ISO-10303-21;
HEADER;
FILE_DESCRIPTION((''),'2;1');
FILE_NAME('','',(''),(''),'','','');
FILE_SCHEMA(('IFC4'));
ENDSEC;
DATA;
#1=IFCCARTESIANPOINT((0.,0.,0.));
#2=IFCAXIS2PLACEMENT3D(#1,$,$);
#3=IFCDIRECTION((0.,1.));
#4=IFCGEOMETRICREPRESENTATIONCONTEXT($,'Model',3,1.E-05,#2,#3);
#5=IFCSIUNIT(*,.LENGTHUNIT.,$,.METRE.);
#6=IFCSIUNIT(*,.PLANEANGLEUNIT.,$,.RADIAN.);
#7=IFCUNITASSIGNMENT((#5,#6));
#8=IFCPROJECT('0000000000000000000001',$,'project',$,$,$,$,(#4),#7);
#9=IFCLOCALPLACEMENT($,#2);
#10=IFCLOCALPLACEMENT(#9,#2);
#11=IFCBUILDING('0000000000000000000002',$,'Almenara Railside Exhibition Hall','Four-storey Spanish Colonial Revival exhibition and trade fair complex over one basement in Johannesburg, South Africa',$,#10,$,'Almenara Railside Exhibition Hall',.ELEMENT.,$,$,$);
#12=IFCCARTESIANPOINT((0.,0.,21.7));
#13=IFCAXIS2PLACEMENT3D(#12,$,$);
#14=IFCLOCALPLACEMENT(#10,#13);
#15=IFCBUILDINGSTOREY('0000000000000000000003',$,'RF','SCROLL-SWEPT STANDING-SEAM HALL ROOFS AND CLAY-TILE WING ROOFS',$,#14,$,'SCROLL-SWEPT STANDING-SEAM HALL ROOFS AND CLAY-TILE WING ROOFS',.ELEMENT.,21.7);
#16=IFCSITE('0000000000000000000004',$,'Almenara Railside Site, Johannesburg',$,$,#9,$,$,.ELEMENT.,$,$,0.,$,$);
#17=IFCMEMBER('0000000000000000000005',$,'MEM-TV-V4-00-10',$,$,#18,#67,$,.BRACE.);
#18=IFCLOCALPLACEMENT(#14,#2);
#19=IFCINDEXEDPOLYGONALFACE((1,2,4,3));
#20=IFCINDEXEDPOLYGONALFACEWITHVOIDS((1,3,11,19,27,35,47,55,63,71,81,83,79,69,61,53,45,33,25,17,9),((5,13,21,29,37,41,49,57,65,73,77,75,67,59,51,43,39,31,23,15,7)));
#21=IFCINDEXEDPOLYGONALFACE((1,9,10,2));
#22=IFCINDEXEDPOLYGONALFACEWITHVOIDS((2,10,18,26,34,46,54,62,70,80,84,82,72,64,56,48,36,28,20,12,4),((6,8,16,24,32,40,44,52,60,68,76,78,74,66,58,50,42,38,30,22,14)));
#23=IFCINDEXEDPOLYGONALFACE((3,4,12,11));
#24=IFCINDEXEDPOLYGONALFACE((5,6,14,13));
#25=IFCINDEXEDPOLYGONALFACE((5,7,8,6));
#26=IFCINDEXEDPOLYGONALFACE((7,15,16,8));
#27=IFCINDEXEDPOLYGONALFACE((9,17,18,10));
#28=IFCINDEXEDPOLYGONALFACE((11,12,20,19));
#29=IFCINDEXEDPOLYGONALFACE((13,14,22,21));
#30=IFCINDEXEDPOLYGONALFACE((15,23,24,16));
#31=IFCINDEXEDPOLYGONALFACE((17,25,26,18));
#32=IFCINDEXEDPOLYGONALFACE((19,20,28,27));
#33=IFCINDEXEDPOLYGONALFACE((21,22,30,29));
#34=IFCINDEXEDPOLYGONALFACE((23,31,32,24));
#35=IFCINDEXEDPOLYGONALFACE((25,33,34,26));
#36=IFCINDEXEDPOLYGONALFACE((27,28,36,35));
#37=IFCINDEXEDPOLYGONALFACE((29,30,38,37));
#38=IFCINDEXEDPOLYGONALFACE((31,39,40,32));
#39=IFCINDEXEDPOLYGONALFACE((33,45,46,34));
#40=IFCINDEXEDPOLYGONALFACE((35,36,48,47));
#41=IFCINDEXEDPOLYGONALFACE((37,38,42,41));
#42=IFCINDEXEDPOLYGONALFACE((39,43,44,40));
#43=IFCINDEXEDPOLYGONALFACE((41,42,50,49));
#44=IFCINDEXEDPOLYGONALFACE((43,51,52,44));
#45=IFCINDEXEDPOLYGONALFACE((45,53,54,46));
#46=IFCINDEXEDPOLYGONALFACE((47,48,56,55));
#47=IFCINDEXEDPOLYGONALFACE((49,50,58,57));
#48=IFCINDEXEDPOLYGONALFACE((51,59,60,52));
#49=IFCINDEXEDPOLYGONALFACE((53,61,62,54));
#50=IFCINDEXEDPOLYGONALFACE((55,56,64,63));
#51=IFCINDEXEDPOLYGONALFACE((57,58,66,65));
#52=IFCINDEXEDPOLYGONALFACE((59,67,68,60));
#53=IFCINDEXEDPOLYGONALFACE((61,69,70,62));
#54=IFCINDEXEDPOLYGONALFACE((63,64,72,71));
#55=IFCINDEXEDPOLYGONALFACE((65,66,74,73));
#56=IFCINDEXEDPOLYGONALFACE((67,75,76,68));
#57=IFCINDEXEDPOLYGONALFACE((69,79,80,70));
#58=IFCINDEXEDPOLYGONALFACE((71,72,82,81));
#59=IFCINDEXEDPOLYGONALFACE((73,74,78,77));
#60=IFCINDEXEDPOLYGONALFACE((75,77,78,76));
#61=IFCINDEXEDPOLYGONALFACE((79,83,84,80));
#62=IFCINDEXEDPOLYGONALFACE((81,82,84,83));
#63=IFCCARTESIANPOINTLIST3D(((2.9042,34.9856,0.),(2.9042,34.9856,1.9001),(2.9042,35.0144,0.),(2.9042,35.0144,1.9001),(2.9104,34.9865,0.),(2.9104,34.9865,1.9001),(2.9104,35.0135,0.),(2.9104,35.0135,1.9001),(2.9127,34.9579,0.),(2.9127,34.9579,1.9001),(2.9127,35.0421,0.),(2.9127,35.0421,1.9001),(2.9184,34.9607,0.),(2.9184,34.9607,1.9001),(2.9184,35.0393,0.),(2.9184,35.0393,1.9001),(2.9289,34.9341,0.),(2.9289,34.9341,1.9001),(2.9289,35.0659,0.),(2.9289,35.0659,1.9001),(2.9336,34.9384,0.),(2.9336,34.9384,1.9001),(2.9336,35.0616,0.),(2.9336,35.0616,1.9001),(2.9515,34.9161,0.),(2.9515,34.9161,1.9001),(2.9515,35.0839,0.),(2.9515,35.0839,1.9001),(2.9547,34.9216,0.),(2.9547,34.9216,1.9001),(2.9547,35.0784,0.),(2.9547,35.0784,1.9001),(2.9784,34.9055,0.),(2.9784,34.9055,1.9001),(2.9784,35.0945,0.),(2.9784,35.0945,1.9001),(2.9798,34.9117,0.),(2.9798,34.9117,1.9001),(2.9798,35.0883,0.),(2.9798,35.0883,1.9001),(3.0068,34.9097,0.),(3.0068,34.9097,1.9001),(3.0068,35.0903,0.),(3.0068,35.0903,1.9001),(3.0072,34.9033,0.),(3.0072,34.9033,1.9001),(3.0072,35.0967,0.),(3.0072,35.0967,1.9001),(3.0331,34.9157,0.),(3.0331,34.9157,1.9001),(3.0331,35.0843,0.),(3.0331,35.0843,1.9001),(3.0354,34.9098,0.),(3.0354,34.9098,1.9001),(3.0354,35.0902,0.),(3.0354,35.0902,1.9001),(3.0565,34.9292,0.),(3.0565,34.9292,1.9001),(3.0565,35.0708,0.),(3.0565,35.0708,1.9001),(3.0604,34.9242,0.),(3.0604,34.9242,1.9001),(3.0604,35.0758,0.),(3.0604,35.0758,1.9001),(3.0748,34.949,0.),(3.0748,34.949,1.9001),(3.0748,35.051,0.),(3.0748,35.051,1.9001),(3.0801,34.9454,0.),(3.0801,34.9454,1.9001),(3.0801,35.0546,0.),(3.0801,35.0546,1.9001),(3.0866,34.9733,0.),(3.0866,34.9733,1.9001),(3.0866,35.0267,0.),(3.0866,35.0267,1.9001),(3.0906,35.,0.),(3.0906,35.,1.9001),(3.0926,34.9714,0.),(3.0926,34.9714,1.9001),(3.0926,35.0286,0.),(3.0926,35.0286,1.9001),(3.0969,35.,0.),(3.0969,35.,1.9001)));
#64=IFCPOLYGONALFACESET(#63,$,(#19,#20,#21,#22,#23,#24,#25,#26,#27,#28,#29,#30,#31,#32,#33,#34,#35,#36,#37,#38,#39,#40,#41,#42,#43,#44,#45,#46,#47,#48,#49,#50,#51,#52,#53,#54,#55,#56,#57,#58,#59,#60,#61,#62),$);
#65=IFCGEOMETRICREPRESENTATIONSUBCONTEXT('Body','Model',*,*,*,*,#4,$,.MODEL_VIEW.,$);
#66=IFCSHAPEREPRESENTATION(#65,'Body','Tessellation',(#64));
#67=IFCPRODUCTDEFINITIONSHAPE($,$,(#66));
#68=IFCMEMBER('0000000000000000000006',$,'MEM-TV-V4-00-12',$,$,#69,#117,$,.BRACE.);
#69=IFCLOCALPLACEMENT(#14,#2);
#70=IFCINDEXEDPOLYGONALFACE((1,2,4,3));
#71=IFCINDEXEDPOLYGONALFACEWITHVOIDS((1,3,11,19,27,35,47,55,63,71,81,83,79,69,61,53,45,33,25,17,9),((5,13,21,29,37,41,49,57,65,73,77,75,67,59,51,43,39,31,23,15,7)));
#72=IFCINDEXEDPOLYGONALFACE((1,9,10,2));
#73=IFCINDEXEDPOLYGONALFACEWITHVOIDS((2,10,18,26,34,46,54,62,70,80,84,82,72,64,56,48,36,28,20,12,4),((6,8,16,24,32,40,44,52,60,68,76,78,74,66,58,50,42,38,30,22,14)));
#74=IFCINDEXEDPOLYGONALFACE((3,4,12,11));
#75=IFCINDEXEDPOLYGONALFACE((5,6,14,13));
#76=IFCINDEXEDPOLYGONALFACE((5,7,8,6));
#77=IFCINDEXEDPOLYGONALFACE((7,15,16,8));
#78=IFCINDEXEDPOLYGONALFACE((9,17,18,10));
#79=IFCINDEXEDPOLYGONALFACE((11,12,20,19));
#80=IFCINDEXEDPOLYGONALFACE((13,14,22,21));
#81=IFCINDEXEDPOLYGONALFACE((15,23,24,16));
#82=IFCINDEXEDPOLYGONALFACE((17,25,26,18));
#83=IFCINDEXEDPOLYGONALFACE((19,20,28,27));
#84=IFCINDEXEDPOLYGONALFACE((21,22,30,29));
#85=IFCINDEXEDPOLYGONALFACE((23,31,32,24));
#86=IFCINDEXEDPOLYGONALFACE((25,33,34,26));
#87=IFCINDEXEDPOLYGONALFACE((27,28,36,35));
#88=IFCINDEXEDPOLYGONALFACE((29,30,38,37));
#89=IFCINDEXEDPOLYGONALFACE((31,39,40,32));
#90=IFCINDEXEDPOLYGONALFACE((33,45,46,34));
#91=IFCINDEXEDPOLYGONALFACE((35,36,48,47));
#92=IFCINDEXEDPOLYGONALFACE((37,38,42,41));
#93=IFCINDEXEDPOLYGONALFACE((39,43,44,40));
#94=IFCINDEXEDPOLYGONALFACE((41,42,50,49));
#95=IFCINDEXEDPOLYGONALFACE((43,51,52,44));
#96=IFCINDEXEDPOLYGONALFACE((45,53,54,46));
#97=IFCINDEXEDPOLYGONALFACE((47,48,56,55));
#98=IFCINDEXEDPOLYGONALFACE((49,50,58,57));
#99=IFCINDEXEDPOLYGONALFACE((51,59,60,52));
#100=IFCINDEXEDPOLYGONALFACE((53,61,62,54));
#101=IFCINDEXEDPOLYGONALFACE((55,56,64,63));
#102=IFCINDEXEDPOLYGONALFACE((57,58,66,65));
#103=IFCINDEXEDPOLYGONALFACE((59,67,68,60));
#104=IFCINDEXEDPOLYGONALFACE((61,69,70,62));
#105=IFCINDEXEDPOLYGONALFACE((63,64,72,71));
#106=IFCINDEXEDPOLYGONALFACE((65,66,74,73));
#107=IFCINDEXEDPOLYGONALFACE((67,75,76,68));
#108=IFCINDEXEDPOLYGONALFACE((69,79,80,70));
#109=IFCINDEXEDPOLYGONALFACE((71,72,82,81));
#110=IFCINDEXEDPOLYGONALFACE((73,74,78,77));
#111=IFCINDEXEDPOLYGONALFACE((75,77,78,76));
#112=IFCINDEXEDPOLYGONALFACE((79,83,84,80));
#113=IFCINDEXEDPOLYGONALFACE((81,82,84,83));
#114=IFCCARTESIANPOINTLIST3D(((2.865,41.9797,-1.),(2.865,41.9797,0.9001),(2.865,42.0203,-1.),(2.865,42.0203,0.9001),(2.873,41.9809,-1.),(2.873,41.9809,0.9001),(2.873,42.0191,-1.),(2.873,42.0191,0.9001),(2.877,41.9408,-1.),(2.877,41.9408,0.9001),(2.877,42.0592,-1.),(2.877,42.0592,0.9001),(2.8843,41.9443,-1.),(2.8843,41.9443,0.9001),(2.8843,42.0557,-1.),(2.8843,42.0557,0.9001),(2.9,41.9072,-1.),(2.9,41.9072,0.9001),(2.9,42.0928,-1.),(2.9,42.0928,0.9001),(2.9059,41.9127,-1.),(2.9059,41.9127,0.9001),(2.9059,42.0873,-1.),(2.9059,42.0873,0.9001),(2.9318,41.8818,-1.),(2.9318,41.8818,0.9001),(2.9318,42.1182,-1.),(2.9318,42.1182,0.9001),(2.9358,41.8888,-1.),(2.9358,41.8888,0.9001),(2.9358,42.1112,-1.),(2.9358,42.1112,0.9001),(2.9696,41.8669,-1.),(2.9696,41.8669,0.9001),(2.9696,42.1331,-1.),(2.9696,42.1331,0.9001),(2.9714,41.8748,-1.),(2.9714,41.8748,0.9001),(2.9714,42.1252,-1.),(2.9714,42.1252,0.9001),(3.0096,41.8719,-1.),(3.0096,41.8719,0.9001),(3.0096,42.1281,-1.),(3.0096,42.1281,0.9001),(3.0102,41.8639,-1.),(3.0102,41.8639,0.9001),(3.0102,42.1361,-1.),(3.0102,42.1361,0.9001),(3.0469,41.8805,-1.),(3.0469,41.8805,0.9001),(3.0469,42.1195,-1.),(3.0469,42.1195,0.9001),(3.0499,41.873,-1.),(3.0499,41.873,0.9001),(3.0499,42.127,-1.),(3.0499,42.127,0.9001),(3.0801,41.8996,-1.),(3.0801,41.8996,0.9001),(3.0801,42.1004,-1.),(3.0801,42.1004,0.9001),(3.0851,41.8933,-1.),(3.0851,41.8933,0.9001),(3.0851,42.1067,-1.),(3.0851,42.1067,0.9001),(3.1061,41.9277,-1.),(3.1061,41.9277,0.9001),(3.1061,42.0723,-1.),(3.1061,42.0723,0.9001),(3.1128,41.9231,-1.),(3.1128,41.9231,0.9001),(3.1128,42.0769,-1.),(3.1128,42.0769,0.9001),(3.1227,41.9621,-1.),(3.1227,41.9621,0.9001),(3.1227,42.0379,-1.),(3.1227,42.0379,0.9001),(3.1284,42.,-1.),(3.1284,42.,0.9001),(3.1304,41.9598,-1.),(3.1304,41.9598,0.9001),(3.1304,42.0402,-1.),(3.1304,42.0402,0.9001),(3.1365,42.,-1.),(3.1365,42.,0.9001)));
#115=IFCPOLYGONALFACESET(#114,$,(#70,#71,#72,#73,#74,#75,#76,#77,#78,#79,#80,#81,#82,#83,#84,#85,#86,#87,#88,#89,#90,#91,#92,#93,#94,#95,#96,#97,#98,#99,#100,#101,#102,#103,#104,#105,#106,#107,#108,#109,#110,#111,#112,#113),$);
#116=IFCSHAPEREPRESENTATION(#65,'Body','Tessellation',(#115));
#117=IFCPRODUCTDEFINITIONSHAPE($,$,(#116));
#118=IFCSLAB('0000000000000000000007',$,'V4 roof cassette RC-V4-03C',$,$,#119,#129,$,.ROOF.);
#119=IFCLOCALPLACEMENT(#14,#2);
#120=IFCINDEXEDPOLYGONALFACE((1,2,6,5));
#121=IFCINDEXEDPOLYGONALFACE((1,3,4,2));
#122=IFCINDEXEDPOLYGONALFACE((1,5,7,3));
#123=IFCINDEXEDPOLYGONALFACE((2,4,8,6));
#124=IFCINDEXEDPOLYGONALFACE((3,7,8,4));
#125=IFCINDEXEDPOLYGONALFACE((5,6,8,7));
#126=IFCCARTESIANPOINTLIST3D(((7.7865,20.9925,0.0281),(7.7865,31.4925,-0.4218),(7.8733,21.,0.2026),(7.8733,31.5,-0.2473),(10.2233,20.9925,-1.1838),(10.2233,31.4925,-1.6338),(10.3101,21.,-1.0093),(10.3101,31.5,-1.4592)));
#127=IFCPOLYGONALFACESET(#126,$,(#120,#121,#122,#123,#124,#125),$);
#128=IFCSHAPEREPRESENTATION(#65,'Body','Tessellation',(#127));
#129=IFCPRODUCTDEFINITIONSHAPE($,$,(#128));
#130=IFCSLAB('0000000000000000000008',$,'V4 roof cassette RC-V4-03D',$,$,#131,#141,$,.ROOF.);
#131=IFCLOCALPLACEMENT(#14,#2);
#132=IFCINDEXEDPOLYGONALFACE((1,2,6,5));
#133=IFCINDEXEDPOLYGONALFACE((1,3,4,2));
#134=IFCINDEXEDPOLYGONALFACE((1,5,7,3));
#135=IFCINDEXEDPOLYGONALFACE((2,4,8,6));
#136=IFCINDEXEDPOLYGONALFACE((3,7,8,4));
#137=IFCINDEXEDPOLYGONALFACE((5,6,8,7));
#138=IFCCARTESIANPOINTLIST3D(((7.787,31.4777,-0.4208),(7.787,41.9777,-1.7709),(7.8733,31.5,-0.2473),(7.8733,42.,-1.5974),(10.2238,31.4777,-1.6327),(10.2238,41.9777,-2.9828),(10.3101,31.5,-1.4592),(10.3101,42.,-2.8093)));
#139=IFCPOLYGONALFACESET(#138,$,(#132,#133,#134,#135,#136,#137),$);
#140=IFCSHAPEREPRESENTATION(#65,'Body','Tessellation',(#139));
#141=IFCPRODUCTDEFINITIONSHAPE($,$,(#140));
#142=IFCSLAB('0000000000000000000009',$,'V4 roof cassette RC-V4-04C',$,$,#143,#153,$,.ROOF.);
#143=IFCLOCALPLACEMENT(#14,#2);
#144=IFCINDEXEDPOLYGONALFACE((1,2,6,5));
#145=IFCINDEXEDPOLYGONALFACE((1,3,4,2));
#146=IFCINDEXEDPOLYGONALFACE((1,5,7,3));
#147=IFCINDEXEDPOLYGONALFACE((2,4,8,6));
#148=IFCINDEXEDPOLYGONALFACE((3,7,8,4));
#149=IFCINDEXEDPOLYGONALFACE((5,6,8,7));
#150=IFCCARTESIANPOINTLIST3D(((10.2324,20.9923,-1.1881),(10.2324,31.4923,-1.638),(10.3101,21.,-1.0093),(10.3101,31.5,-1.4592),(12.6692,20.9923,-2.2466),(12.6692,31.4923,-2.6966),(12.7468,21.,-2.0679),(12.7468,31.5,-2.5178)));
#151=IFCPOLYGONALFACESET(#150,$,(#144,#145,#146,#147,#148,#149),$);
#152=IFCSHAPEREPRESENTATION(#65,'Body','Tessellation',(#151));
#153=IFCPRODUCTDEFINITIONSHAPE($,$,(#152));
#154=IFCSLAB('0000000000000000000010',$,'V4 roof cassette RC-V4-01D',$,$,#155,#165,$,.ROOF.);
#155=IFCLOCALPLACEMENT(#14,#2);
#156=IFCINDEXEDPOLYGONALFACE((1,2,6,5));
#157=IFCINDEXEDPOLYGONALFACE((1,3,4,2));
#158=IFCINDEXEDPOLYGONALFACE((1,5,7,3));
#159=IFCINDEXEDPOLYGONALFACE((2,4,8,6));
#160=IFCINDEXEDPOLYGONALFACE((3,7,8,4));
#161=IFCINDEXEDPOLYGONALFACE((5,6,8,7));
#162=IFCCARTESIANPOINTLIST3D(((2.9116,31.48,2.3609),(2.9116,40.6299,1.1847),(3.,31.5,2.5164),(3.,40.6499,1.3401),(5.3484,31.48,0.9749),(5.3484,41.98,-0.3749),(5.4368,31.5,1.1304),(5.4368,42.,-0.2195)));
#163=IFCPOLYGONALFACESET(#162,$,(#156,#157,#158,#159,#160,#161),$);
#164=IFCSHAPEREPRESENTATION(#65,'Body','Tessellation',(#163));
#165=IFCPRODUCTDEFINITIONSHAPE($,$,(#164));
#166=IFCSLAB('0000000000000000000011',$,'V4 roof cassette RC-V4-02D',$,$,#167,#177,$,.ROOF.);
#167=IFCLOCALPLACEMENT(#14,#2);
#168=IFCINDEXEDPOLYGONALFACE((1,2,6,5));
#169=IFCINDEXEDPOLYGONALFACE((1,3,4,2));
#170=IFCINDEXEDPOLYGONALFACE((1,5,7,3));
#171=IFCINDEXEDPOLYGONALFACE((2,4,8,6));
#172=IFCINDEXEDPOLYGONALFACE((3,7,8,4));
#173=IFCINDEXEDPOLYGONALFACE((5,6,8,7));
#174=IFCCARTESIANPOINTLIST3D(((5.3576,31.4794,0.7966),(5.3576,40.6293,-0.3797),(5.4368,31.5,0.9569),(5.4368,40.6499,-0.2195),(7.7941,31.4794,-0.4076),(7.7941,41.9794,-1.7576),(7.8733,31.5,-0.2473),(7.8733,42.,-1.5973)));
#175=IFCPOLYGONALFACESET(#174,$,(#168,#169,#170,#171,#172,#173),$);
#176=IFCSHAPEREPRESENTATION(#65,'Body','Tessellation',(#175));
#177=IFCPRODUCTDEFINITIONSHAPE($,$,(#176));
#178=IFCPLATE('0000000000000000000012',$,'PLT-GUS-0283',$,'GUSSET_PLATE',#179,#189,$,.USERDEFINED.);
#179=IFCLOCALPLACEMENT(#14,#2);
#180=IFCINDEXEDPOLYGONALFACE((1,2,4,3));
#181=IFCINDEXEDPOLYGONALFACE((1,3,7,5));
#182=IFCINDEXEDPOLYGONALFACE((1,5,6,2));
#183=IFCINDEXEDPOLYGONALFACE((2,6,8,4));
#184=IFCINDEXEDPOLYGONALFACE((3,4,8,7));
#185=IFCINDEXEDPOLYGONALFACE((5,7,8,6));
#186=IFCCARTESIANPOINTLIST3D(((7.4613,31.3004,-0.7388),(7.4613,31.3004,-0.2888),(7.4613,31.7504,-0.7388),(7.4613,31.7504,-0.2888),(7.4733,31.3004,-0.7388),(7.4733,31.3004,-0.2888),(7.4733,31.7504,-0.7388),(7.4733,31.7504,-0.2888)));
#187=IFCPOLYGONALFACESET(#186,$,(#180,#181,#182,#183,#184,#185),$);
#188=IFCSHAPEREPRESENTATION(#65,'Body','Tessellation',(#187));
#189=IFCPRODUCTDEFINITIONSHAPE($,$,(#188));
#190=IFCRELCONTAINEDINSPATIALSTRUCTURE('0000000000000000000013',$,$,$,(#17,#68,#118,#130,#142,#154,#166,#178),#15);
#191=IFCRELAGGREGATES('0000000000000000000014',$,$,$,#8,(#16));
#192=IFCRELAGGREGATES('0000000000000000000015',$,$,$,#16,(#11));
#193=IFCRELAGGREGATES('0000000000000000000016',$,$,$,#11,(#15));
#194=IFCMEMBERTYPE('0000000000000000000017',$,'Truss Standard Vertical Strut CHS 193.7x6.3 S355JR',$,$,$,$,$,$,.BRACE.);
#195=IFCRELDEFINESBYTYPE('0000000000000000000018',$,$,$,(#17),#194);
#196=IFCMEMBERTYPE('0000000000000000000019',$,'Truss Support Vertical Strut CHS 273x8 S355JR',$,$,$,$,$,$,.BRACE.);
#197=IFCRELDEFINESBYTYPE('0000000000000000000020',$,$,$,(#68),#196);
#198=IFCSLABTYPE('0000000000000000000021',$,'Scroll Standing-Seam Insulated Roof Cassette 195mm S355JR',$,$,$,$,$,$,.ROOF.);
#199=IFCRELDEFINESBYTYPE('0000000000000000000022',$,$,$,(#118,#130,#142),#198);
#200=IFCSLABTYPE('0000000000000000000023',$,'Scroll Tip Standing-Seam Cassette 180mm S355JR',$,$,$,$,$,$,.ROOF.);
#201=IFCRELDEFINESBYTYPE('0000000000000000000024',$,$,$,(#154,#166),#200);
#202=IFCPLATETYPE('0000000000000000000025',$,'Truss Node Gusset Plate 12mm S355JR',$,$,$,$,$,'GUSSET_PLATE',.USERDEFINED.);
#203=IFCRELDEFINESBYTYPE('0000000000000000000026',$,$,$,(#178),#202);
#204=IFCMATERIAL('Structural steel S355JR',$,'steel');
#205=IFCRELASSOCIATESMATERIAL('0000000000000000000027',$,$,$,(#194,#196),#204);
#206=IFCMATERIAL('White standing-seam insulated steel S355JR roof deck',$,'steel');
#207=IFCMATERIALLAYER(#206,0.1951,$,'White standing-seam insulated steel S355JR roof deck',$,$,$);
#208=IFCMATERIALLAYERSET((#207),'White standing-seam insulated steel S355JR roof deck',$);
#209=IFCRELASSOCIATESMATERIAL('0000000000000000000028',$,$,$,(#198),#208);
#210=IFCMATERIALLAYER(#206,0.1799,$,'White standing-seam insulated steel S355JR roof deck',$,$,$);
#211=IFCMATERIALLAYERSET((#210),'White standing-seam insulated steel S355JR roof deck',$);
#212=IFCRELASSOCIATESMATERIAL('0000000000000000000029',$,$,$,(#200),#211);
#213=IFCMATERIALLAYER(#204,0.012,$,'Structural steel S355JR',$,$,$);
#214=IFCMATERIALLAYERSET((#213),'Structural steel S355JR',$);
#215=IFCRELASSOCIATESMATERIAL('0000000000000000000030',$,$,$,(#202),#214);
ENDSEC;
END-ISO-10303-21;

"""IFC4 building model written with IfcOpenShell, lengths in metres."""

from ifc_helpers import new_model, si_unit, direction, frame, origin, origin_2d, place, context, subcontext, project, spatial, polyline, rectangle, hollow_circle, outline, extrude, material, layer, layer_set, material_profile, profile_set, type_object, element, save


model = new_model("IFC4")

# Units and contexts
model_context = context("Model", 3, precision=1e-05, world=origin(), true_north=direction((0.0, 1.0)))
body_context = subcontext(model_context, "Body", "Model", "MODEL_VIEW")
ifc_project = project(units=[si_unit("LENGTHUNIT", "METRE"), si_unit("PLANEANGLEUNIT", "RADIAN")], contexts=[model_context])

# Site, building, storey
site_placement = place(None, origin())
site = spatial("IfcSite", under=ifc_project, at=site_placement, Name="Almenara Railside Site, Johannesburg", CompositionType="ELEMENT", RefElevation=0.0)
building_placement = place(site_placement, origin())
building = spatial("IfcBuilding", under=site, at=building_placement, Name="Almenara Railside Exhibition Hall", Description="Four-storey Spanish Colonial Revival exhibition and trade fair complex over one basement in Johannesburg, South Africa", LongName="Almenara Railside Exhibition Hall", CompositionType="ELEMENT")
storey_placement = place(building_placement, frame((0.0, 0.0, 21.7)))
storey = spatial("IfcBuildingStorey", under=building, at=storey_placement, Name="RF", Description="SCROLL-SWEPT STANDING-SEAM HALL ROOFS AND CLAY-TILE WING ROOFS", LongName="SCROLL-SWEPT STANDING-SEAM HALL ROOFS AND CLAY-TILE WING ROOFS", CompositionType="ELEMENT", Elevation=21.7)

# Shared definitions
ifc_material_1 = material(Name="Structural steel S355JR", Category="steel")

# Members
ifc_material_profile_1 = material_profile(ifc_material_1, hollow_circle(Radius=0.0969, WallThickness=0.0063, at=origin_2d()), Name="CHS 193.7x6.3")
ifc_profile_set_1 = profile_set([ifc_material_profile_1], Name="Structural steel S355JR")
member_type_1 = type_object("IfcMemberType", Name="Truss Standard Vertical Strut CHS 193.7x6.3 S355JR", PredefinedType="BRACE", material=ifc_profile_set_1)
member_1_placement = place(storey_placement, frame((3.0, 35.0, 0.0), z_axis=(0.0, 0.0, 1.0), x_axis=(1.0, 0.0, 0.0)))
element("IfcMember", 1, at=member_1_placement, inside=storey, type_object=member_type_1, Name="MEM-TV-V4-00-10", PredefinedType="BRACE", context=body_context, shape_type="SweptSolid", body=[
    extrude(hollow_circle(Radius=0.0969, WallThickness=0.0063, at=origin_2d()), origin(), (0.0, 0.0, 1.0), 1.9001),
])
ifc_material_profile_2 = material_profile(ifc_material_1, hollow_circle(Radius=0.1365, WallThickness=0.0081, at=origin_2d()), Name="CHS 273x8")
ifc_profile_set_2 = profile_set([ifc_material_profile_2], Name="Structural steel S355JR")
member_type_2 = type_object("IfcMemberType", Name="Truss Support Vertical Strut CHS 273x8 S355JR", PredefinedType="BRACE", material=ifc_profile_set_2)
member_2_placement = place(storey_placement, frame((3.0, 42.0, -1.0), z_axis=(0.0, 0.0, 1.0), x_axis=(1.0, 0.0, 0.0)))
element("IfcMember", 2, at=member_2_placement, inside=storey, type_object=member_type_2, Name="MEM-TV-V4-00-12", PredefinedType="BRACE", context=body_context, shape_type="SweptSolid", body=[
    extrude(hollow_circle(Radius=0.1365, WallThickness=0.0081, at=origin_2d()), origin(), (0.0, 0.0, 1.0), 1.9001),
])

# Slabs
ifc_material_2 = material(Name="White standing-seam insulated steel S355JR roof deck", Category="steel")
ifc_layer_1 = layer(ifc_material_2, 0.1951, Name="White standing-seam insulated steel S355JR roof deck")
ifc_layer_set_1 = layer_set([ifc_layer_1], Name="White standing-seam insulated steel S355JR roof deck")
slab_type_1 = type_object("IfcSlabType", Name="Scroll Standing-Seam Insulated Roof Cassette 195mm S355JR", PredefinedType="ROOF", material=ifc_layer_set_1)
slab_1_placement = place(storey_placement, frame((7.8733, 31.5, -0.2473), z_axis=(0.444983, 0.038341, 0.894718), x_axis=(0.895376, 0.0, -0.445311)))
element("IfcSlab", 3, at=slab_1_placement, inside=storey, type_object=slab_type_1, Name="V4 roof cassette RC-V4-03C", PredefinedType="ROOF", context=body_context, shape_type="SweptSolid", body=[
    extrude(outline(polyline([(0.0, 0.0), (2.7215, 0.0), (2.5211, -10.5077), (-0.2004, -10.5077), (0.0, 0.0)])), origin(), (0.0, 0.0, -1.0), 0.1951),
])
slab_2_placement = place(storey_placement, frame((7.8733, 42.0, -1.5974), z_axis=(0.442389, 0.114373, 0.889501), x_axis=(0.895376, 0.0, -0.445311)))
element("IfcSlab", 4, at=slab_2_placement, inside=storey, type_object=slab_type_1, Name="V4 roof cassette RC-V4-03D", PredefinedType="ROOF", context=body_context, shape_type="SweptSolid", body=[
    extrude(outline(polyline([(0.0, 0.0), (2.7215, 0.0), (2.1203, -10.5694), (-0.6012, -10.5694), (0.0, 0.0)])), origin(), (0.0, 0.0, -1.0), 0.1951),
])
slab_3_placement = place(storey_placement, frame((10.3101, 31.5, -1.4592), z_axis=(0.398143, 0.039274, 0.916482), x_axis=(0.91719, 0.0, -0.398451)))
element("IfcSlab", 5, at=slab_3_placement, inside=storey, type_object=slab_type_1, Name="V4 roof cassette RC-V4-04C", PredefinedType="ROOF", context=body_context, shape_type="SweptSolid", body=[
    extrude(outline(polyline([(0.0, 0.0), (2.6568, 0.0), (2.4775, -10.5081), (-0.1793, -10.5081), (0.0, 0.0)])), origin(), (0.0, 0.0, -1.0), 0.1951),
])
ifc_layer_2 = layer(ifc_material_2, 0.1799, Name="White standing-seam insulated steel S355JR roof deck")
ifc_layer_set_2 = layer_set([ifc_layer_2], Name="White standing-seam insulated steel S355JR roof deck")
slab_type_2 = type_object("IfcSlabType", Name="Scroll Tip Standing-Seam Cassette 180mm S355JR", PredefinedType="ROOF", material=ifc_layer_set_2)
slab_4_placement = place(storey_placement, frame((3.0, 40.6499, 1.3401), z_axis=(0.491347, 0.111054, 0.863855), x_axis=(0.76325, 0.42288, -0.488489)))
element("IfcSlab", 6, at=slab_4_placement, inside=storey, type_object=slab_type_2, Name="V4 roof cassette RC-V4-01D", PredefinedType="ROOF", context=body_context, shape_type="SweptSolid", body=[
    extrude(outline(polyline([(0.0, 0.0), (3.1926, 0.0), (-1.907, -9.2772), (-4.4439, -8.0843), (0.0, 0.0)])), origin(), (0.0, 0.0, -1.0), 0.1799),
])
slab_5_placement = place(storey_placement, frame((5.4368, 40.6499, -0.2195), z_axis=(0.440163, 0.114502, 0.890587), x_axis=(0.784031, 0.434434, -0.443354)))
element("IfcSlab", 7, at=slab_5_placement, inside=storey, type_object=slab_type_2, Name="V4 roof cassette RC-V4-02D", PredefinedType="ROOF", context=body_context, shape_type="SweptSolid", body=[
    extrude(outline(polyline([(0.0, 0.0), (3.1077, 0.0), (-2.0524, -9.2437), (-4.4965, -8.0552), (0.0, 0.0)])), origin(), (0.0, 0.0, -1.0), 0.1799),
])

# Plate
ifc_layer_3 = layer(ifc_material_1, 0.012, Name="Structural steel S355JR")
ifc_layer_set_3 = layer_set([ifc_layer_3], Name="Structural steel S355JR")
plate_type_1 = type_object("IfcPlateType", Name="Truss Node Gusset Plate 12mm S355JR", ElementType="GUSSET_PLATE", PredefinedType="USERDEFINED", material=ifc_layer_set_3)
for number, where, z_axis, x_axis, name in (
    (8, (7.4673, 31.5254, -0.7388), (0.0, 0.0, 1.0), (0.0, 1.0, 0.0), "PLT-GUS-0283"),
):
    element("IfcPlate", number, at=place(storey_placement, frame(where, z_axis=z_axis, x_axis=x_axis)), inside=storey, type_object=plate_type_1, Name=name, ObjectType="GUSSET_PLATE", PredefinedType="USERDEFINED", context=body_context, shape_type="SweptSolid", body=[
        extrude(rectangle(XDim=0.45, YDim=0.012, at=origin_2d()), origin(), (0.0, 0.0, 1.0), 0.45),
    ])

save(model, "model.ifc")
